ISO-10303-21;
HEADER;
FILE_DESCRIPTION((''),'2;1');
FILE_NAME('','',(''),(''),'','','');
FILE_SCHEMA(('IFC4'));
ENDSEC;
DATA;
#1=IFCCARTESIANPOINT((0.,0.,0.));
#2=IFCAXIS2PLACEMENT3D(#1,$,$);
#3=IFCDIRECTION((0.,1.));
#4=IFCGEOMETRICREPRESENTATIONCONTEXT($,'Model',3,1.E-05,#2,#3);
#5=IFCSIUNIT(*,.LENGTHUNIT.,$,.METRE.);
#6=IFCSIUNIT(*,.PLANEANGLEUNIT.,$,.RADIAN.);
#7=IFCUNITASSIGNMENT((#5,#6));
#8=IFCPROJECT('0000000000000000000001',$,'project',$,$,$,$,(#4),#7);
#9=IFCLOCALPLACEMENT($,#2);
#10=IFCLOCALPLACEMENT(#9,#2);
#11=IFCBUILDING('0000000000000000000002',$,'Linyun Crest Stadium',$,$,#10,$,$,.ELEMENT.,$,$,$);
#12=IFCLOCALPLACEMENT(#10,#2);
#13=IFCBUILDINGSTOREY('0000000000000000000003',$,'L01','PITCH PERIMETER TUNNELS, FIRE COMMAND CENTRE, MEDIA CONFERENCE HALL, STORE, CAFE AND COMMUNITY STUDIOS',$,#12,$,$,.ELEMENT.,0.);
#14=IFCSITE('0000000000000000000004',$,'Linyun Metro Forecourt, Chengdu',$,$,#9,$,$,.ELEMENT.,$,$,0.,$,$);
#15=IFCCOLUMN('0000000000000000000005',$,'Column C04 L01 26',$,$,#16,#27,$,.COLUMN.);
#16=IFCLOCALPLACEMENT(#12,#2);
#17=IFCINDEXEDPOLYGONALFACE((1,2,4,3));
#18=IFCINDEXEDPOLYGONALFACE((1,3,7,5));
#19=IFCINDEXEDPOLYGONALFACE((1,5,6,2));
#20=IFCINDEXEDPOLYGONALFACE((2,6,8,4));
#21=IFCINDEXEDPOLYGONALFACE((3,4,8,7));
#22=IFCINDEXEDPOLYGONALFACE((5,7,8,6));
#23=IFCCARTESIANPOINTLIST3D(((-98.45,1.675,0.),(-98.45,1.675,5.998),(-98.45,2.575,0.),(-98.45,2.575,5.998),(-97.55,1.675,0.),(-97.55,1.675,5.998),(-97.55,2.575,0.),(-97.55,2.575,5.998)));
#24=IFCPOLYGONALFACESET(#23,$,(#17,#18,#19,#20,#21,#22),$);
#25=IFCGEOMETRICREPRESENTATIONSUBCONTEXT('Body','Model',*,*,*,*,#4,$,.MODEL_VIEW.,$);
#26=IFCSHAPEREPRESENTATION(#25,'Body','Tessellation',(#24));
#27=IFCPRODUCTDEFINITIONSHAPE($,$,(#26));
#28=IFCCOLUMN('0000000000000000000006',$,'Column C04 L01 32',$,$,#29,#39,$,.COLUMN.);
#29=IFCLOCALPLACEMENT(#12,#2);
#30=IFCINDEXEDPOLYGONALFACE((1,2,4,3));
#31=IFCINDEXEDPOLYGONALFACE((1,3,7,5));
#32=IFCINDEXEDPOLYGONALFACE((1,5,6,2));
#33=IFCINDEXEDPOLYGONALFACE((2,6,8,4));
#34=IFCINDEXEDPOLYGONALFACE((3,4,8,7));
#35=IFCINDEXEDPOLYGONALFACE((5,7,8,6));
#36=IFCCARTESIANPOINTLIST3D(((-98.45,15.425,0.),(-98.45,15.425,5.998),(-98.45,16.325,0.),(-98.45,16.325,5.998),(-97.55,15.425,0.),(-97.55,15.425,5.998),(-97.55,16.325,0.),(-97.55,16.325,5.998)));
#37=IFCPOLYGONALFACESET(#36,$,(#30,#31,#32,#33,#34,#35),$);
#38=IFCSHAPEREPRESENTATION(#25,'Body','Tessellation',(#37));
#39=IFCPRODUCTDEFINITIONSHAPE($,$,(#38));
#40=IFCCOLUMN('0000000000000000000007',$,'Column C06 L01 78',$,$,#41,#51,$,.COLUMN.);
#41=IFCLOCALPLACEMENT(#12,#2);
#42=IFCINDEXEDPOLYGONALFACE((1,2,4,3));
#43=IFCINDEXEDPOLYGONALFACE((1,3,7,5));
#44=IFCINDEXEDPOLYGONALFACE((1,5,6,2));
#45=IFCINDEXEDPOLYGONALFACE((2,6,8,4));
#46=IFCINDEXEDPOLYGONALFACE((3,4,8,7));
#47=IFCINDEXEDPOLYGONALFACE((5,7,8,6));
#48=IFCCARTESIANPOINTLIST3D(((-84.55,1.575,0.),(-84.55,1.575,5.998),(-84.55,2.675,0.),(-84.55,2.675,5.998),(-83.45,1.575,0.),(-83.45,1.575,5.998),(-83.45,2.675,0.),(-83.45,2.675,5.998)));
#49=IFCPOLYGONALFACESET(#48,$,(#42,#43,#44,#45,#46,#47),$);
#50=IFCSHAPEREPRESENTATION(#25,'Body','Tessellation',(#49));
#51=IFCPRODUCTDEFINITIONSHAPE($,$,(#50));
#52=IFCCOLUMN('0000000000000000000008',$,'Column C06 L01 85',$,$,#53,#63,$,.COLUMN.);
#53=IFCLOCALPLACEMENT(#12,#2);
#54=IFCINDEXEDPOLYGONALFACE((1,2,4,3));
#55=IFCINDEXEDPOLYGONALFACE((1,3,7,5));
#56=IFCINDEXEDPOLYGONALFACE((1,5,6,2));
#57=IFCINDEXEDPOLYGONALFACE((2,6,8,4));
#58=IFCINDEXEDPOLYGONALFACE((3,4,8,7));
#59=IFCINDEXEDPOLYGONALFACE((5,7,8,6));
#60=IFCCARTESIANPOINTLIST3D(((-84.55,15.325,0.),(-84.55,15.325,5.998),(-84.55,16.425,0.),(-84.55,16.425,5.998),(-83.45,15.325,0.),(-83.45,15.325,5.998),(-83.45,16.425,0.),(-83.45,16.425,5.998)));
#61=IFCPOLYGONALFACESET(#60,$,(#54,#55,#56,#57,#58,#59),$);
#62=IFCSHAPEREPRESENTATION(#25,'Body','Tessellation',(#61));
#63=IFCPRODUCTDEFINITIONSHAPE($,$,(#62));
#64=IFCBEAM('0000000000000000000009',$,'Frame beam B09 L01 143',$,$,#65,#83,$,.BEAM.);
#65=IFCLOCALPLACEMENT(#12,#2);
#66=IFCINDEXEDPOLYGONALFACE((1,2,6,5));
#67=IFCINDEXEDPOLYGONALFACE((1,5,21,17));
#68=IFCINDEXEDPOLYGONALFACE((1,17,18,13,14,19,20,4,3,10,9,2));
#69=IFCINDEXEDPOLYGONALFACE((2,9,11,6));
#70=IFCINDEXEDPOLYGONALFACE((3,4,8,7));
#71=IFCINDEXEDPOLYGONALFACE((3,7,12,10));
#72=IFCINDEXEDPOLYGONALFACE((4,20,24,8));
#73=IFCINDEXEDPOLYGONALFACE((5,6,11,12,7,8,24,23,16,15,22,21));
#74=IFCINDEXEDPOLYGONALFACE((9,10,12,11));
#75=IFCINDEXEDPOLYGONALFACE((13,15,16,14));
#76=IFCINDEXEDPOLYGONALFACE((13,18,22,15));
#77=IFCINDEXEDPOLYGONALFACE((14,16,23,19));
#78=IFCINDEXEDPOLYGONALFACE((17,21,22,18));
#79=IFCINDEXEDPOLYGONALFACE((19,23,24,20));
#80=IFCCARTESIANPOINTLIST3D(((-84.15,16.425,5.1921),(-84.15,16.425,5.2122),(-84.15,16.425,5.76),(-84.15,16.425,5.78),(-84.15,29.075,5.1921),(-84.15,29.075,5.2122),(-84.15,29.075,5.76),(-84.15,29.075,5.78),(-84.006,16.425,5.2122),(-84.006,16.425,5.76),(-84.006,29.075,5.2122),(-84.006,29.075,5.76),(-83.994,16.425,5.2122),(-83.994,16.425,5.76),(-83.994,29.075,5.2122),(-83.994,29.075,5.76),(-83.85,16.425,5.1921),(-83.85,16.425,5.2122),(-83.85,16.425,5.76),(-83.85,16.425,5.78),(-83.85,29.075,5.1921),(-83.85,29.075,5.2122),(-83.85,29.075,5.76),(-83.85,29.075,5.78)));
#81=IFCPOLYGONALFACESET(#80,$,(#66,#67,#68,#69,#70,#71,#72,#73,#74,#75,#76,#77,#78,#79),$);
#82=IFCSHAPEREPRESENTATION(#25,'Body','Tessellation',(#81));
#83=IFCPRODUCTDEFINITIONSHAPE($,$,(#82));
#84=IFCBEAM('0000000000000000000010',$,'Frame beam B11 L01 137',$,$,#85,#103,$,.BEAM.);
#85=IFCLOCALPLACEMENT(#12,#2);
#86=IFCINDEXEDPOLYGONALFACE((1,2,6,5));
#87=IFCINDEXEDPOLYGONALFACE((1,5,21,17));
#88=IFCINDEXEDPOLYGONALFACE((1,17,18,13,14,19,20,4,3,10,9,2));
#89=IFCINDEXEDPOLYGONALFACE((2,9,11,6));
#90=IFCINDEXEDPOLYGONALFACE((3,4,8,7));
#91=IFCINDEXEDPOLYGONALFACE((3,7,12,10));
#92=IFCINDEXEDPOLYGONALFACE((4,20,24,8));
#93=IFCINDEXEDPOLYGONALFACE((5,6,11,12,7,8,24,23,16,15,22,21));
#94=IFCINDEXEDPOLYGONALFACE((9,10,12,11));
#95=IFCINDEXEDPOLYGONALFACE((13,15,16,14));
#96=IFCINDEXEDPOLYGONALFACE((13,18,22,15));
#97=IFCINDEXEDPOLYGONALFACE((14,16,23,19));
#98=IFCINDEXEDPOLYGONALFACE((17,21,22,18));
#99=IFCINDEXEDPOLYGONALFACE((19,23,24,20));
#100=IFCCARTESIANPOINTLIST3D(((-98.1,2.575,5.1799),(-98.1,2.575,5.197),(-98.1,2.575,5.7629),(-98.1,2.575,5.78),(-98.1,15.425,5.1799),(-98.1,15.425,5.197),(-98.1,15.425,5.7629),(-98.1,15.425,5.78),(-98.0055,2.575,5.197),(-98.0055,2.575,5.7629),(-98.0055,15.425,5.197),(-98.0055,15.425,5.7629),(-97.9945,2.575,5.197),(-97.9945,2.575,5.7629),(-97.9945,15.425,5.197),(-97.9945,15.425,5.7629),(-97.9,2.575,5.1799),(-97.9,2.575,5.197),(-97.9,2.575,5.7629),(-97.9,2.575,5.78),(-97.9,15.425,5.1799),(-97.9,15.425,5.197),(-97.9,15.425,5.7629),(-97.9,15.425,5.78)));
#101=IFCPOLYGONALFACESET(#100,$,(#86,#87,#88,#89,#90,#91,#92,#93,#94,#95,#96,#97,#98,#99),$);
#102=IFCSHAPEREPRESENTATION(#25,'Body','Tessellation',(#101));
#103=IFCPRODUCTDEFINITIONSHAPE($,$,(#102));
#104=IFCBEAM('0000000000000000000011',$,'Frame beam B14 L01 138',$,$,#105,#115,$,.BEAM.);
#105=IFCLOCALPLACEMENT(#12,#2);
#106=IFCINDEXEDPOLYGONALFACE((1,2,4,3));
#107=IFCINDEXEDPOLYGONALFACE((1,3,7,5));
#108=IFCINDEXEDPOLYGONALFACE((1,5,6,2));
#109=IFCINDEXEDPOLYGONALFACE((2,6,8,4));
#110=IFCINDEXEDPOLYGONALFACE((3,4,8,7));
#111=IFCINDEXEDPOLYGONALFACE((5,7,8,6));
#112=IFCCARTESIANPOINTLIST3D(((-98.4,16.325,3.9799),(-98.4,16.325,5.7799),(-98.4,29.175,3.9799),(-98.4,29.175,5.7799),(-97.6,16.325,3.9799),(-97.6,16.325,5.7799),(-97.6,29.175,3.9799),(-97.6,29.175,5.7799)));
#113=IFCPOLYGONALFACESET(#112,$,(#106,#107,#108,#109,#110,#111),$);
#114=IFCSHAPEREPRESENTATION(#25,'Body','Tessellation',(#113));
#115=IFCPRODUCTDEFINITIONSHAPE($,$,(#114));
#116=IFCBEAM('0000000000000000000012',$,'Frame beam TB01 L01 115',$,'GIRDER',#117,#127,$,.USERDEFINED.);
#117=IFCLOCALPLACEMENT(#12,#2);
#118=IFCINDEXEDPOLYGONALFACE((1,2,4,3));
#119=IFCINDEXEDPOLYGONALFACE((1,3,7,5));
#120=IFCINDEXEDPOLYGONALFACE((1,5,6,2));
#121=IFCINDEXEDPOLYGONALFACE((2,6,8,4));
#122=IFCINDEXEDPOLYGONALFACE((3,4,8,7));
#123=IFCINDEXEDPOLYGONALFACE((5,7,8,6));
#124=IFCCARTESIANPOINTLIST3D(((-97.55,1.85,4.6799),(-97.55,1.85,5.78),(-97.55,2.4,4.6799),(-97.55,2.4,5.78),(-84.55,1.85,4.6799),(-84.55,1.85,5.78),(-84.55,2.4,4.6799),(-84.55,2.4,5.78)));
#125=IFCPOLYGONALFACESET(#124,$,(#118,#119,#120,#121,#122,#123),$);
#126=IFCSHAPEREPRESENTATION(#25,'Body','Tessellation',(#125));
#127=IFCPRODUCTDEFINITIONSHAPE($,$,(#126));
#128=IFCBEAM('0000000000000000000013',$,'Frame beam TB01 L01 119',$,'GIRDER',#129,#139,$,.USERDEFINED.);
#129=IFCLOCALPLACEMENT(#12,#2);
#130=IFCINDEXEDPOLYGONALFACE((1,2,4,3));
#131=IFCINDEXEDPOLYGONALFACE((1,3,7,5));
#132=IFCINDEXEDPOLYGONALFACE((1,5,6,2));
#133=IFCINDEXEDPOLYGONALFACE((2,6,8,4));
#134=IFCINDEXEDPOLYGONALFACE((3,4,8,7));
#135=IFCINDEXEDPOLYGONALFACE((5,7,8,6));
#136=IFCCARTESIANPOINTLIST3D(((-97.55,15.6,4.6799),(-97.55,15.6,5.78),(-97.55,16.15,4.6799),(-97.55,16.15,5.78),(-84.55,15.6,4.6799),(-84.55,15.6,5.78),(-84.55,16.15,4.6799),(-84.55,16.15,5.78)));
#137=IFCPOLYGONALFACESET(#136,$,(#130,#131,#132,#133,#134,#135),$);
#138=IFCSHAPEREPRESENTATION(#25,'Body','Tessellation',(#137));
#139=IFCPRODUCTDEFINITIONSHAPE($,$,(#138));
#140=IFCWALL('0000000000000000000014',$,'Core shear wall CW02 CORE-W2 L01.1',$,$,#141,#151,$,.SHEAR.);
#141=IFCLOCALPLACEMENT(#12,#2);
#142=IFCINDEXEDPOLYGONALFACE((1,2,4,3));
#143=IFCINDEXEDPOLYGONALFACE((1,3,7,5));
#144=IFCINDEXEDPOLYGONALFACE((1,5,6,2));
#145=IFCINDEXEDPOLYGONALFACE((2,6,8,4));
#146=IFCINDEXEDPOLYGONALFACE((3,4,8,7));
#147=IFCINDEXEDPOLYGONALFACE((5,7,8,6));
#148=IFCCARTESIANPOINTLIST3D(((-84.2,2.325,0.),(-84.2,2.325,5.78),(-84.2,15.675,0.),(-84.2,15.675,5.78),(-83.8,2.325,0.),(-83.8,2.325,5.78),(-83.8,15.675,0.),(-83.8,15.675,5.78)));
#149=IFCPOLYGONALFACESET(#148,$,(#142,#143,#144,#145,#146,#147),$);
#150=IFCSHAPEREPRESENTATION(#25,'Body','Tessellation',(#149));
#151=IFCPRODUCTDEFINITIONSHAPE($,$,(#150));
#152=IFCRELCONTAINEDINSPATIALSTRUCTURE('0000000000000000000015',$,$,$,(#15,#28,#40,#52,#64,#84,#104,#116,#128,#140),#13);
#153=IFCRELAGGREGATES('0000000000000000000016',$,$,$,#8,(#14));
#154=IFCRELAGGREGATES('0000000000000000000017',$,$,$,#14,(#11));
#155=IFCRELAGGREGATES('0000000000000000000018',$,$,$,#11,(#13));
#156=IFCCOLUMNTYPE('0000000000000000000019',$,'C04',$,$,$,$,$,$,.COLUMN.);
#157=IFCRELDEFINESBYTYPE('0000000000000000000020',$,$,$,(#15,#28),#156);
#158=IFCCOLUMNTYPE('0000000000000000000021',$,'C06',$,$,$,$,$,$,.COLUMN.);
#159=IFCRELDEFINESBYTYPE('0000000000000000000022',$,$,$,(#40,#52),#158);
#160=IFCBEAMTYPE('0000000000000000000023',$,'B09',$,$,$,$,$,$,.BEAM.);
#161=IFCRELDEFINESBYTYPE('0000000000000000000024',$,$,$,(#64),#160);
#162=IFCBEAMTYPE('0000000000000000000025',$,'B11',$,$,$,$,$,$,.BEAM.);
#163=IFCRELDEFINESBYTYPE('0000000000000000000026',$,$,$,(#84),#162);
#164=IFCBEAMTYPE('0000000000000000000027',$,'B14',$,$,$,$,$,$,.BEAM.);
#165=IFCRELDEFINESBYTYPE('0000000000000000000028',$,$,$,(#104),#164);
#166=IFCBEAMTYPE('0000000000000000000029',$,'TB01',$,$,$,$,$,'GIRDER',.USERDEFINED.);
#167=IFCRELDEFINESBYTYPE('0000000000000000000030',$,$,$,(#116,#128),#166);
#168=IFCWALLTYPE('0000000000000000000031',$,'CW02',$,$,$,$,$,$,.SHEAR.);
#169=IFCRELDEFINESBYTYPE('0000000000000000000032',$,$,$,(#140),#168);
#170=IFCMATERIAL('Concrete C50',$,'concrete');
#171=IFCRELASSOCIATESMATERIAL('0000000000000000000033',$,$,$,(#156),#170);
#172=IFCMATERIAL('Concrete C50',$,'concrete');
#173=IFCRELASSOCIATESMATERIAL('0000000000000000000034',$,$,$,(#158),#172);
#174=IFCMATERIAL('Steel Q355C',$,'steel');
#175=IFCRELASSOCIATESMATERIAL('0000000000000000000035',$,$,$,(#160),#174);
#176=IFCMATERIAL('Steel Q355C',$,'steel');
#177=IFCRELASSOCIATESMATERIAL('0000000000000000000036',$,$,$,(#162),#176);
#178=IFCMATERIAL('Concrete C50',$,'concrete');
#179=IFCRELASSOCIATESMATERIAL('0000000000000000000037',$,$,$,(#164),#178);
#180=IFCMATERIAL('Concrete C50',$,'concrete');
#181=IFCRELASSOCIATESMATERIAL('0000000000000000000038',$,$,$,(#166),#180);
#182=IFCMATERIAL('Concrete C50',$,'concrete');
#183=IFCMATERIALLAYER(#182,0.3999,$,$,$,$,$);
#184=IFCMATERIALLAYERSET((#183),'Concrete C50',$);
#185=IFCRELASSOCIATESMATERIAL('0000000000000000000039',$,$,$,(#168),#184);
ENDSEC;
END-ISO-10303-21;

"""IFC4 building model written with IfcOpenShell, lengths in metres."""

from ifc_helpers import new_model, si_unit, direction, frame, frame_2d, origin, origin_2d, place, context, subcontext, project, spatial, rectangle, i_section, extrude, material, layer, layer_set, material_profile, profile_set, type_object, element, save


model = new_model("IFC4")

# Units and contexts
model_context = context("Model", 3, precision=1e-05, world=origin(), true_north=direction((0.0, 1.0)))
body_context = subcontext(model_context, "Body", "Model", "MODEL_VIEW")
ifc_project = project(units=[si_unit("LENGTHUNIT", "METRE"), si_unit("PLANEANGLEUNIT", "RADIAN")], contexts=[model_context])

# Site, building, storey
site_placement = place(None, origin())
site = spatial("IfcSite", under=ifc_project, at=site_placement, Name="Linyun Metro Forecourt, Chengdu", CompositionType="ELEMENT", RefElevation=0.0)
building_placement = place(site_placement, origin())
building = spatial("IfcBuilding", under=site, at=building_placement, Name="Linyun Crest Stadium", CompositionType="ELEMENT")
storey_placement = place(building_placement, origin())
storey = spatial("IfcBuildingStorey", under=building, at=storey_placement, Name="L01", Description="PITCH PERIMETER TUNNELS, FIRE COMMAND CENTRE, MEDIA CONFERENCE HALL, STORE, CAFE AND COMMUNITY STUDIOS", CompositionType="ELEMENT", Elevation=0.0)

# Columns
ifc_material_1 = material(Name="Concrete C50", Category="concrete")
ifc_material_profile_1 = material_profile(ifc_material_1, rectangle(XDim=0.8999, YDim=0.8999, at=origin_2d()), Name="RC 900x900")
ifc_profile_set_1 = profile_set([ifc_material_profile_1], Name="Concrete C50")
column_type_1 = type_object("IfcColumnType", Name="C04", PredefinedType="COLUMN", material=ifc_profile_set_1)
for number, where, z_axis, x_axis, name in (
    (1, (-98.0, 2.125, 0.0), (0.0, 0.0, 1.0), (1.0, 0.0, 0.0), "Column C04 L01 26"),
    (2, (-98.0, 15.875, 0.0), (0.0, 0.0, 1.0), (1.0, 0.0, 0.0), "Column C04 L01 32"),
):
    element("IfcColumn", number, at=place(storey_placement, frame(where, z_axis=z_axis, x_axis=x_axis)), inside=storey, type_object=column_type_1, Name=name, PredefinedType="COLUMN", context=body_context, shape_type="SweptSolid", body=[
        extrude(rectangle(XDim=0.8999, YDim=0.8999, at=origin_2d()), origin(), (0.0, 0.0, 1.0), 5.998),
    ])
ifc_material_2 = material(Name="Concrete C50", Category="concrete")
ifc_material_profile_2 = material_profile(ifc_material_2, rectangle(XDim=1.1001, YDim=1.1001, at=origin_2d()), Name="RC 1100x1100")
ifc_profile_set_2 = profile_set([ifc_material_profile_2], Name="Concrete C50")
column_type_2 = type_object("IfcColumnType", Name="C06", PredefinedType="COLUMN", material=ifc_profile_set_2)
for number, where, z_axis, x_axis, name in (
    (3, (-84.0, 2.125, 0.0), (0.0, 0.0, 1.0), (1.0, 0.0, 0.0), "Column C06 L01 78"),
    (4, (-84.0, 15.875, 0.0), (0.0, 0.0, 1.0), (1.0, 0.0, 0.0), "Column C06 L01 85"),
):
    element("IfcColumn", number, at=place(storey_placement, frame(where, z_axis=z_axis, x_axis=x_axis)), inside=storey, type_object=column_type_2, Name=name, PredefinedType="COLUMN", context=body_context, shape_type="SweptSolid", body=[
        extrude(rectangle(XDim=1.1001, YDim=1.1001, at=origin_2d()), origin(), (0.0, 0.0, 1.0), 5.998),
    ])

# Beams
ifc_material_3 = material(Name="Steel Q355C", Category="steel")
ifc_material_profile_3 = material_profile(ifc_material_3, i_section(OverallWidth=0.3, OverallDepth=0.5879, WebThickness=0.012, FlangeThickness=0.02, at=origin_2d()), Name="HM 588x300")
ifc_profile_set_3 = profile_set([ifc_material_profile_3], Name="Steel Q355C")
beam_type_1 = type_object("IfcBeamType", Name="B09", PredefinedType="BEAM", material=ifc_profile_set_3)
beam_1_placement = place(storey_placement, frame((-84.0, 16.425, 5.4861), z_axis=(0.0, 1.0, 0.0), x_axis=(-1.0, 0.0, 0.0)))
element("IfcBeam", 5, at=beam_1_placement, inside=storey, type_object=beam_type_1, Name="Frame beam B09 L01 143", PredefinedType="BEAM", context=body_context, shape_type="SweptSolid", body=[
    extrude(i_section(OverallWidth=0.3, OverallDepth=0.5879, WebThickness=0.012, FlangeThickness=0.02, at=origin_2d()), origin(), (0.0, 0.0, 1.0), 12.6499),
])
ifc_material_4 = material(Name="Steel Q355C", Category="steel")
ifc_material_profile_4 = material_profile(ifc_material_4, i_section(OverallWidth=0.2, OverallDepth=0.6001, WebThickness=0.011, FlangeThickness=0.0171, at=origin_2d()), Name="HN 600x200")
ifc_profile_set_4 = profile_set([ifc_material_profile_4], Name="Steel Q355C")
beam_type_2 = type_object("IfcBeamType", Name="B11", PredefinedType="BEAM", material=ifc_profile_set_4)
beam_2_placement = place(storey_placement, frame((-98.0, 2.575, 5.48), z_axis=(0.0, 1.0, 0.0), x_axis=(-1.0, 0.0, 0.0)))
element("IfcBeam", 6, at=beam_2_placement, inside=storey, type_object=beam_type_2, Name="Frame beam B11 L01 137", PredefinedType="BEAM", context=body_context, shape_type="SweptSolid", body=[
    extrude(i_section(OverallWidth=0.2, OverallDepth=0.6001, WebThickness=0.011, FlangeThickness=0.0171, at=origin_2d()), origin(), (0.0, 0.0, 1.0), 12.8501),
])
ifc_material_5 = material(Name="Concrete C50", Category="concrete")
ifc_material_profile_5 = material_profile(ifc_material_5, rectangle(XDim=0.8, YDim=1.8, at=origin_2d()), Name="RCB 1800x800")
ifc_profile_set_5 = profile_set([ifc_material_profile_5], Name="Concrete C50")
beam_type_3 = type_object("IfcBeamType", Name="B14", PredefinedType="BEAM", material=ifc_profile_set_5)
beam_3_placement = place(storey_placement, frame((-98.0, 16.325, 4.8799), z_axis=(0.0, 1.0, 0.0), x_axis=(-1.0, 0.0, 0.0)))
element("IfcBeam", 7, at=beam_3_placement, inside=storey, type_object=beam_type_3, Name="Frame beam B14 L01 138", PredefinedType="BEAM", context=body_context, shape_type="SweptSolid", body=[
    extrude(rectangle(XDim=0.8, YDim=1.8, at=origin_2d()), origin(), (0.0, 0.0, 1.0), 12.8501),
])
ifc_material_6 = material(Name="Concrete C50", Category="concrete")
ifc_material_profile_6 = material_profile(ifc_material_6, rectangle(XDim=0.55, YDim=1.1001, at=origin_2d()), Name="RCB 1100x550")
ifc_profile_set_6 = profile_set([ifc_material_profile_6], Name="Concrete C50")
beam_type_4 = type_object("IfcBeamType", Name="TB01", ElementType="GIRDER", PredefinedType="USERDEFINED", material=ifc_profile_set_6)
for number, where, z_axis, x_axis, name in (
    (8, (-97.55, 2.125, 5.23), (1.0, 0.0, 0.0), (0.0, 1.0, 0.0), "Frame beam TB01 L01 115"),
    (9, (-97.55, 15.875, 5.23), (1.0, 0.0, 0.0), (0.0, 1.0, 0.0), "Frame beam TB01 L01 119"),
):
    element("IfcBeam", number, at=place(storey_placement, frame(where, z_axis=z_axis, x_axis=x_axis)), inside=storey, type_object=beam_type_4, Name=name, ObjectType="GIRDER", PredefinedType="USERDEFINED", context=body_context, shape_type="SweptSolid", body=[
        extrude(rectangle(XDim=0.55, YDim=1.1001, at=origin_2d()), origin(), (0.0, 0.0, 1.0), 13.0),
    ])

# Wall
ifc_material_7 = material(Name="Concrete C50", Category="concrete")
ifc_layer_1 = layer(ifc_material_7, 0.3999)
ifc_layer_set_1 = layer_set([ifc_layer_1], Name="Concrete C50")
wall_type_1 = type_object("IfcWallType", Name="CW02", PredefinedType="SHEAR", material=ifc_layer_set_1)
wall_1_placement = place(storey_placement, frame((-84.0, 2.325, 0.0), z_axis=(0.0, 0.0, 1.0), x_axis=(0.0, 1.0, 0.0)))
element("IfcWall", 10, at=wall_1_placement, inside=storey, type_object=wall_type_1, Name="Core shear wall CW02 CORE-W2 L01.1", PredefinedType="SHEAR", context=body_context, shape_type="SweptSolid", body=[
    extrude(rectangle(XDim=13.3501, YDim=0.3999, at=frame_2d((6.675, 0.0))), origin(), (0.0, 0.0, 1.0), 5.78),
])

save(model, "model.ifc")
